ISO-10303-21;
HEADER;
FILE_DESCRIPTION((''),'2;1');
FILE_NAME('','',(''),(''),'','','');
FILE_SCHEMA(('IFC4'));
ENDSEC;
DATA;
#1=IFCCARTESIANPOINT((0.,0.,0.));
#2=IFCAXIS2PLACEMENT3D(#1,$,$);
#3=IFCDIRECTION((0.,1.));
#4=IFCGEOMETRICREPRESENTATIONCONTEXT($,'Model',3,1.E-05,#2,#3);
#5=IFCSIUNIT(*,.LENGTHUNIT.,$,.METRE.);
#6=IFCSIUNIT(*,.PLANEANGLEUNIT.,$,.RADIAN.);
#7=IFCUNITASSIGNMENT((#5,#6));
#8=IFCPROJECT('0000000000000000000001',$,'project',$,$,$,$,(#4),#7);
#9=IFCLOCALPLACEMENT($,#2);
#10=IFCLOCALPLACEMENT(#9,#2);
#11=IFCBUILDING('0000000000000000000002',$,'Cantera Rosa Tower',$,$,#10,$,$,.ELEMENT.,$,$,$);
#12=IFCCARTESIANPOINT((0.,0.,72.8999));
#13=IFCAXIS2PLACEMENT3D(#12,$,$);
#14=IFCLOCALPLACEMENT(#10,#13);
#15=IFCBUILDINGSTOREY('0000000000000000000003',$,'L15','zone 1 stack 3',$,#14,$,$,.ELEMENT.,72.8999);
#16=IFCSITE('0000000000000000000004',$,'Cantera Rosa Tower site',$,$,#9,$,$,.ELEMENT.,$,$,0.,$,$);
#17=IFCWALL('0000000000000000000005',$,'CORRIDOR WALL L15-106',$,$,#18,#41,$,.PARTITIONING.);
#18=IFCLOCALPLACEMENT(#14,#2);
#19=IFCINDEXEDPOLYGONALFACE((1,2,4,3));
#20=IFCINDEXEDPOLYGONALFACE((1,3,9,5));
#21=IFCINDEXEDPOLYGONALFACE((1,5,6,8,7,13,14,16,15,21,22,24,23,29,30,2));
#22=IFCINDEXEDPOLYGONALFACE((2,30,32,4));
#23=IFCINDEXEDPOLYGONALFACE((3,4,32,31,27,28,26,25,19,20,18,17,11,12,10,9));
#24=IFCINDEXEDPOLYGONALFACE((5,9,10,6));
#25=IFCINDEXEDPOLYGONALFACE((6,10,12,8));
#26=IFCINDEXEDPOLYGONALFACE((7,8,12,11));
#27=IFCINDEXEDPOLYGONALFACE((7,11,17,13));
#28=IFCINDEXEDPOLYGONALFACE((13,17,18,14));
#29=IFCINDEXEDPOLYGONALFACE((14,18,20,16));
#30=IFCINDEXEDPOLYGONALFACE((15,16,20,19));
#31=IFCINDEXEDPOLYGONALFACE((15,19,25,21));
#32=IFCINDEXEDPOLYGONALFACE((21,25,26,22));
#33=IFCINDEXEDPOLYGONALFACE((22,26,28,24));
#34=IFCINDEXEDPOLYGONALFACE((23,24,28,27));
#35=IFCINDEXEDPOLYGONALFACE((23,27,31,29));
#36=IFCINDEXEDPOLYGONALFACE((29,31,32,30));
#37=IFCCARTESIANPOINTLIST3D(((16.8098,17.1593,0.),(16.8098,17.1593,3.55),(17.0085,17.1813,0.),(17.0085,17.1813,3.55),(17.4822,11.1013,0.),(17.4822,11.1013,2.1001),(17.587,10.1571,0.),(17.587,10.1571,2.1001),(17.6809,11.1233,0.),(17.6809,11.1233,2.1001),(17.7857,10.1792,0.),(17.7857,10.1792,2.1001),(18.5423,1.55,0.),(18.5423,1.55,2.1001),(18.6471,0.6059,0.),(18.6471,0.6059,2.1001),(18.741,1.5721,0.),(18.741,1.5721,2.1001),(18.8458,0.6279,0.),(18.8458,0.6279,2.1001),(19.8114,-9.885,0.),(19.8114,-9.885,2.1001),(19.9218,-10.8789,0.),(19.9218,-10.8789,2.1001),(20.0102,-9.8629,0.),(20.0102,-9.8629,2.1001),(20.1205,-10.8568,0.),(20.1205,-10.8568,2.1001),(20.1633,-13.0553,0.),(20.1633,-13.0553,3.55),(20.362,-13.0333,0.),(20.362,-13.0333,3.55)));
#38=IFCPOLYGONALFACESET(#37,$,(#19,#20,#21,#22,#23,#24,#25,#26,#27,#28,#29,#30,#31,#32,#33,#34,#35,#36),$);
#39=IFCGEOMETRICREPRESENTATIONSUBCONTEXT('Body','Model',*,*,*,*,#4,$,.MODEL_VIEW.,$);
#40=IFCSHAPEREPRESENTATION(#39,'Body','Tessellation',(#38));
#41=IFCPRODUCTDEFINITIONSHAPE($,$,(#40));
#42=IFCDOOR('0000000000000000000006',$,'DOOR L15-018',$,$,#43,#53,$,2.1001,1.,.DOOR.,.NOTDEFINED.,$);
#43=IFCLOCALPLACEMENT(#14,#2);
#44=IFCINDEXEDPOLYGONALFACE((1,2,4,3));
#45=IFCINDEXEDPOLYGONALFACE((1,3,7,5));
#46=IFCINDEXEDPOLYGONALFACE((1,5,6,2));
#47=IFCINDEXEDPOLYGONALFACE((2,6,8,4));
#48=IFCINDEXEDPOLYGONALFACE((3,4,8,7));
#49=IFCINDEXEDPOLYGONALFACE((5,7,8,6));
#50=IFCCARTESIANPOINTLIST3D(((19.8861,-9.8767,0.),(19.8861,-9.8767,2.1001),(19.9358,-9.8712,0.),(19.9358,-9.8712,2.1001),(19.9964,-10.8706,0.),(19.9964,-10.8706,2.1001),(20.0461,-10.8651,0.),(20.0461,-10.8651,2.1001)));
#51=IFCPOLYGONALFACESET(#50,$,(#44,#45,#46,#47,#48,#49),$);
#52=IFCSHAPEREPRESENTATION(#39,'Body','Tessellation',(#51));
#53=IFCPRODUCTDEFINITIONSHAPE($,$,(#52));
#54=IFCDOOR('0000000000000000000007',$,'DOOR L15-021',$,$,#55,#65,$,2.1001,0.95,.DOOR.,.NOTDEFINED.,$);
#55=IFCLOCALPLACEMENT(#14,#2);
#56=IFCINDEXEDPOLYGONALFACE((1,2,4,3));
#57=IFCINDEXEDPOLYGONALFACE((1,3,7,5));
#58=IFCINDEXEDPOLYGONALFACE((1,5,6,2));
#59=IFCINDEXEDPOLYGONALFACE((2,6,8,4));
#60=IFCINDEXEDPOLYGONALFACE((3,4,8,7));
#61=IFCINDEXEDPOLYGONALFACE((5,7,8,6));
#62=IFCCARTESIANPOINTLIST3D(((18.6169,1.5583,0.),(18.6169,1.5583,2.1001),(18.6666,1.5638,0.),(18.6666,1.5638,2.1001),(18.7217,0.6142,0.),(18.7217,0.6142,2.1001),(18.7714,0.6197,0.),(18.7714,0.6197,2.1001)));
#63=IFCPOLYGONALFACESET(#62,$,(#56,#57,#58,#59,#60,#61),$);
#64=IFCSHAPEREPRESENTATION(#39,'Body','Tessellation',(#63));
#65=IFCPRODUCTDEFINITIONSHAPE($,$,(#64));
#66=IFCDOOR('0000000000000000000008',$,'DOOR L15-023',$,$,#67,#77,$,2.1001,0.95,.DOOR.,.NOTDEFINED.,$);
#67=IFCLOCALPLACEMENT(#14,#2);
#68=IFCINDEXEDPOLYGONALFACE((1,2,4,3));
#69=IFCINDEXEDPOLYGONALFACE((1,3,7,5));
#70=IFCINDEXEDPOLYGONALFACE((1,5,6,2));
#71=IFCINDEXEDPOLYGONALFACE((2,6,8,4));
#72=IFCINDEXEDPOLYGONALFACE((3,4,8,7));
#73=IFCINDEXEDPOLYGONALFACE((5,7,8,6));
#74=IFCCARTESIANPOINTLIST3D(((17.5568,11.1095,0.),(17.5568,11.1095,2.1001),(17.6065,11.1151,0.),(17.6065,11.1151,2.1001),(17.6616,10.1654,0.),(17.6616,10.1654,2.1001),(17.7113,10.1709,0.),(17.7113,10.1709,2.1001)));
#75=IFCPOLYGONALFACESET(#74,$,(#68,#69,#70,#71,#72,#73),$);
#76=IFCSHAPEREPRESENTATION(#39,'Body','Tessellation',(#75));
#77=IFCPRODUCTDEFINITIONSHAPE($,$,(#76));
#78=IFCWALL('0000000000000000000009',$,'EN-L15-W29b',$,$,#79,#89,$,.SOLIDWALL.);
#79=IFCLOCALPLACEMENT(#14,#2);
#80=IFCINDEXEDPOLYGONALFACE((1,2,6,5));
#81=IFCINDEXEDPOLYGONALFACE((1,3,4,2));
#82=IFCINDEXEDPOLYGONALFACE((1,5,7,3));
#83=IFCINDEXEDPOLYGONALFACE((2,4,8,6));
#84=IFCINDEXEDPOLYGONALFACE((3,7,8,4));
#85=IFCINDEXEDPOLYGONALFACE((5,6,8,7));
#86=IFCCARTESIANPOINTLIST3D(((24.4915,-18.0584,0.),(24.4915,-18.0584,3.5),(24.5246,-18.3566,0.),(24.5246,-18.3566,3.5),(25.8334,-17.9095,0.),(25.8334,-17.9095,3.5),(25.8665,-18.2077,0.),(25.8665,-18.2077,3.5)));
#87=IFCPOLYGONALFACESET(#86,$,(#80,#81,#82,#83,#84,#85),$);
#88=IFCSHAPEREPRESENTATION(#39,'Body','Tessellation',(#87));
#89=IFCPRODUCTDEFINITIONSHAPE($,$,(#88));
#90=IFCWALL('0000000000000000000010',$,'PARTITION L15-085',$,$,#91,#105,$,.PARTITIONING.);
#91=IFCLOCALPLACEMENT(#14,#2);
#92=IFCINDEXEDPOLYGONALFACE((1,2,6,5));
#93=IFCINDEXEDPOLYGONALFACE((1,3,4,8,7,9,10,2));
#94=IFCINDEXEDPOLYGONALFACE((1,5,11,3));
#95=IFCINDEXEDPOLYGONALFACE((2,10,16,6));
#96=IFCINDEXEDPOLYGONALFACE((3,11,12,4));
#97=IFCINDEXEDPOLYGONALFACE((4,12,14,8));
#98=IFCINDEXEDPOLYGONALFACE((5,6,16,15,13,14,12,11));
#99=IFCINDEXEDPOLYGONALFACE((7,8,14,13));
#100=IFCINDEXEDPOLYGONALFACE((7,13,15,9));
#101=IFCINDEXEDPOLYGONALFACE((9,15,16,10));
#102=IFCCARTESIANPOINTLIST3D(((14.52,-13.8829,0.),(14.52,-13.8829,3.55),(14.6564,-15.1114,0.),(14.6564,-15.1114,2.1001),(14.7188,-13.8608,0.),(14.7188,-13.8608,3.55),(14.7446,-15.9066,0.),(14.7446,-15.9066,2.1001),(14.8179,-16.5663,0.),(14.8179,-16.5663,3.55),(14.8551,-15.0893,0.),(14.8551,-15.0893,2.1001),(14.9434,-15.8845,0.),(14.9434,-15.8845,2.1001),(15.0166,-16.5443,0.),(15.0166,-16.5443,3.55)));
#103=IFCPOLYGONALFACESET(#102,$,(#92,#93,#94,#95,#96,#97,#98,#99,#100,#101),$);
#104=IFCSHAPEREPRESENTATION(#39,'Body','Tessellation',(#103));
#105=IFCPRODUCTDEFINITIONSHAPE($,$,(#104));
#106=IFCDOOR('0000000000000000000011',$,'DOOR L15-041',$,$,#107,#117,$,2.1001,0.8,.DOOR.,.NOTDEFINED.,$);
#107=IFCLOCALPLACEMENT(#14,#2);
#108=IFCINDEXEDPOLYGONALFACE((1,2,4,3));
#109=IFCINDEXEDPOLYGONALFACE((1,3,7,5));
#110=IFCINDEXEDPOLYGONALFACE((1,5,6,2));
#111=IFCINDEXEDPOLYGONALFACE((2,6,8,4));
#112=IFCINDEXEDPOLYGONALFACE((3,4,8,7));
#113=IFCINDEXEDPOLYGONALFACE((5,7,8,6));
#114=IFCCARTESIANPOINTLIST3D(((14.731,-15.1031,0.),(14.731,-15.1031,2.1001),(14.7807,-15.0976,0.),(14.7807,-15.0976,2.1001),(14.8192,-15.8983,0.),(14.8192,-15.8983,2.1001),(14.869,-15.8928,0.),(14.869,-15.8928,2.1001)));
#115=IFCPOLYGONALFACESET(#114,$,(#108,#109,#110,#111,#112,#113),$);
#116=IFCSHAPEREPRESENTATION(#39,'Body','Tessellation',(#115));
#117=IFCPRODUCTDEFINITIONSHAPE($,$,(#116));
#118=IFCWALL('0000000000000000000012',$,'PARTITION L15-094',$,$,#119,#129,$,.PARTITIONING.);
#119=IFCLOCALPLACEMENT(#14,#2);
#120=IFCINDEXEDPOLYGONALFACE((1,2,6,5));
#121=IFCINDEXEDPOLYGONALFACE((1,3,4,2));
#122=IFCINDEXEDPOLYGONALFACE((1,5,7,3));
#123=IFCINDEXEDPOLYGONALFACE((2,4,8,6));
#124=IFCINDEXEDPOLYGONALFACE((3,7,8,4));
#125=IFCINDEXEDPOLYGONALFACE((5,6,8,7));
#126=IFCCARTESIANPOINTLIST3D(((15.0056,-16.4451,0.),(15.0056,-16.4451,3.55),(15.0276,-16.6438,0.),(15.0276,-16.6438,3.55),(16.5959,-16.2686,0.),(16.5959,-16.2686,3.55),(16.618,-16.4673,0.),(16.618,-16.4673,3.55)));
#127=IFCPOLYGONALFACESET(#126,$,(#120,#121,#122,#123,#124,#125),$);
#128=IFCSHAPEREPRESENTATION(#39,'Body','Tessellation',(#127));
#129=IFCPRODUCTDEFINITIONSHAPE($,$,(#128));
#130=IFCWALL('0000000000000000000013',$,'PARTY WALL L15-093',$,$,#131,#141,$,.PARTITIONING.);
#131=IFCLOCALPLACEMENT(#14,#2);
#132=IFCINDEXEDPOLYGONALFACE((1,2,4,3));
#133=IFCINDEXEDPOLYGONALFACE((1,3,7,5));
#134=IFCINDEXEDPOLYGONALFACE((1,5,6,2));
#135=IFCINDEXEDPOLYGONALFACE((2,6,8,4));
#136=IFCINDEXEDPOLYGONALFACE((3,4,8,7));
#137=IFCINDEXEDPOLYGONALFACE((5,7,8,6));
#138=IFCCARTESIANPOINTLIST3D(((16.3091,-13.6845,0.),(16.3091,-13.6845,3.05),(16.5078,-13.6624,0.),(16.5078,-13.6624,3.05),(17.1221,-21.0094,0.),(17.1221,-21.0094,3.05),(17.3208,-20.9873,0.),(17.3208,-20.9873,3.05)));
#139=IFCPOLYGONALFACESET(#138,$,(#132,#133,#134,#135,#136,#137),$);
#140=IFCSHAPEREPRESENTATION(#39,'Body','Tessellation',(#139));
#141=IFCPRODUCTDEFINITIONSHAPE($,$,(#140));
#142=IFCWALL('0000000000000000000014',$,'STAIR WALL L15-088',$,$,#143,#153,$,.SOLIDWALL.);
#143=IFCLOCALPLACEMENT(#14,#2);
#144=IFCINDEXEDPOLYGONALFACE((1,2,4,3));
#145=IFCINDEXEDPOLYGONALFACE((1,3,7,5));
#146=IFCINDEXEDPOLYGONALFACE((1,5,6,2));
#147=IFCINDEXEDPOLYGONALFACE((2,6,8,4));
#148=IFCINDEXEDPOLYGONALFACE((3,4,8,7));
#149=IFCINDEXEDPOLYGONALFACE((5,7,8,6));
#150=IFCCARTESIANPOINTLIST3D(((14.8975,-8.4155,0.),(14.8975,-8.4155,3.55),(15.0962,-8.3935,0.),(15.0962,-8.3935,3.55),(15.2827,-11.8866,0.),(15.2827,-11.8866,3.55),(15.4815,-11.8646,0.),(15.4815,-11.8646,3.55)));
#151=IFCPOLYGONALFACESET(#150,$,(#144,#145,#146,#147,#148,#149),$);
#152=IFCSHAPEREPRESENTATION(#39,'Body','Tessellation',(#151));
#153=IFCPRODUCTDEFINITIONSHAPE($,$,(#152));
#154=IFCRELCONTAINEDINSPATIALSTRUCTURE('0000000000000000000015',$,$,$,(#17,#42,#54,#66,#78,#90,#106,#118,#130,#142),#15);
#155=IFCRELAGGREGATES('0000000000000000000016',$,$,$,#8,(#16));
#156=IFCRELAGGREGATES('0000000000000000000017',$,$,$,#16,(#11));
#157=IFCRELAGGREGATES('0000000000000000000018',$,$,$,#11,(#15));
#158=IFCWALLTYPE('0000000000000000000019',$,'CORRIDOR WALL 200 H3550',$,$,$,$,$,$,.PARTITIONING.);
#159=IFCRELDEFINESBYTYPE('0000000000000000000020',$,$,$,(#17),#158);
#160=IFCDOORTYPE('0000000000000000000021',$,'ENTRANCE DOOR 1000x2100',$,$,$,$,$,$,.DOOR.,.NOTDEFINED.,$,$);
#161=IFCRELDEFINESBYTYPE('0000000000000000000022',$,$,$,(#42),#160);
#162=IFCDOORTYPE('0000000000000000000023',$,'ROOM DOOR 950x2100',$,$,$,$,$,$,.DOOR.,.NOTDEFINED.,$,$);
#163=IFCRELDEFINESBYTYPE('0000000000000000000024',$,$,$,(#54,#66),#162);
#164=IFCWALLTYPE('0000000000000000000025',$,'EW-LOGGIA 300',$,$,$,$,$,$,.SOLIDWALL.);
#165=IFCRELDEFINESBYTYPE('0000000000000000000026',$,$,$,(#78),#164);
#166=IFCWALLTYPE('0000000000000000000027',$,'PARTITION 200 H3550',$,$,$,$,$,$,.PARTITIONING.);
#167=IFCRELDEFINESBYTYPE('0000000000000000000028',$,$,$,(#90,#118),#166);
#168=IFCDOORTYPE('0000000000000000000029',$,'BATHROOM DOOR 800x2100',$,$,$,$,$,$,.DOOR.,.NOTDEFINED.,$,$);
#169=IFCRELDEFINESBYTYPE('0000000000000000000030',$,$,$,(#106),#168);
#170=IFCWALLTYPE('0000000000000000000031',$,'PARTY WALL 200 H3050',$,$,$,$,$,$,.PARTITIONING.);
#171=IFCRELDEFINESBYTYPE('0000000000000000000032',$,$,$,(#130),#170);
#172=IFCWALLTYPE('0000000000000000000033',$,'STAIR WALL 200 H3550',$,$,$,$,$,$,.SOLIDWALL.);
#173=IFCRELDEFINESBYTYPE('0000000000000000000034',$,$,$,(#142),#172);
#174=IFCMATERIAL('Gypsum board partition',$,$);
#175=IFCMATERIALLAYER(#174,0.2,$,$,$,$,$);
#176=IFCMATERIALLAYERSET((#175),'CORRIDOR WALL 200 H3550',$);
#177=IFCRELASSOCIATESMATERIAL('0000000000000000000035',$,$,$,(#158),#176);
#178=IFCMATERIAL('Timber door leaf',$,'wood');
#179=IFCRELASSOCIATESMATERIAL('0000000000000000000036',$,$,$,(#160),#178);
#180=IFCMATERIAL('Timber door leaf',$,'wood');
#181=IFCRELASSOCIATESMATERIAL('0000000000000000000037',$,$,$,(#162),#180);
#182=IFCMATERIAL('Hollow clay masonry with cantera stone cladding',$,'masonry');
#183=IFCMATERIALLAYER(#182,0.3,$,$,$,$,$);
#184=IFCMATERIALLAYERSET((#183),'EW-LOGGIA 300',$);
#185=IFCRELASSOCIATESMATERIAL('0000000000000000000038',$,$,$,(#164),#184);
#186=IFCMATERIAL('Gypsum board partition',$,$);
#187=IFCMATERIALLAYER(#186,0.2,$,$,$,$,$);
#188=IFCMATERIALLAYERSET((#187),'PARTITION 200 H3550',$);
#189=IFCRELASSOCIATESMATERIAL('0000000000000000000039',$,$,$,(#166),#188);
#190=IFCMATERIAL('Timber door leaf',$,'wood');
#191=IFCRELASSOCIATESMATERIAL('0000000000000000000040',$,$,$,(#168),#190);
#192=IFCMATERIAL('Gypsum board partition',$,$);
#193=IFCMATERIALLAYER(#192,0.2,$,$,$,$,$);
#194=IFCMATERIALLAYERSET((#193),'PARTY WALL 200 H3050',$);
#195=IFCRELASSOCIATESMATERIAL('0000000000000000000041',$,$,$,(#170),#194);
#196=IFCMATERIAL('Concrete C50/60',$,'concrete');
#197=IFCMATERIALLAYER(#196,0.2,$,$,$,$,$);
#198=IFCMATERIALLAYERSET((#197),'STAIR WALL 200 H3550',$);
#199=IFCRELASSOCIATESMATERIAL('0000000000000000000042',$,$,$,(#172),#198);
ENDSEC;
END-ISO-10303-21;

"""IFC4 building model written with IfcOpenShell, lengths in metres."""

from ifc_helpers import new_model, si_unit, direction, frame, frame_2d, origin, place, context, subcontext, project, spatial, rectangle, extrude, material, layer, layer_set, type_object, element, fill, save


model = new_model("IFC4")

# Units and contexts
model_context = context("Model", 3, precision=1e-05, world=origin(), true_north=direction((0.0, 1.0)))
body_context = subcontext(model_context, "Body", "Model", "MODEL_VIEW")
ifc_project = project(units=[si_unit("LENGTHUNIT", "METRE"), si_unit("PLANEANGLEUNIT", "RADIAN")], contexts=[model_context])

# Site, building, storey
site_placement = place(None, origin())
site = spatial("IfcSite", under=ifc_project, at=site_placement, Name="Cantera Rosa Tower site", CompositionType="ELEMENT", RefElevation=0.0)
building_placement = place(site_placement, origin())
building = spatial("IfcBuilding", under=site, at=building_placement, Name="Cantera Rosa Tower", CompositionType="ELEMENT")
storey_placement = place(building_placement, frame((0.0, 0.0, 72.8999)))
storey = spatial("IfcBuildingStorey", under=building, at=storey_placement, Name="L15", Description="zone 1 stack 3", CompositionType="ELEMENT", Elevation=72.8999)

# Wall, openings, doors
ifc_material_1 = material(Name="Gypsum board partition")
ifc_layer_1 = layer(ifc_material_1, 0.2)
ifc_layer_set_1 = layer_set([ifc_layer_1], Name="CORRIDOR WALL 200 H3550")
wall_type_1 = type_object("IfcWallType", Name="CORRIDOR WALL 200 H3550", PredefinedType="PARTITIONING", material=ifc_layer_set_1)
wall_1_placement = place(storey_placement, frame((20.2627, -13.0444, 0.0), z_axis=(0.0, 0.0, 1.0), x_axis=(-0.110313, 0.993897, 0.0)))
wall_1 = element("IfcWall", 1, at=wall_1_placement, inside=storey, type_object=wall_type_1, Name="CORRIDOR WALL L15-106", PredefinedType="PARTITIONING", context=body_context, shape_type="SweptSolid", body=[
    extrude(rectangle(XDim=30.4001, YDim=0.2, at=frame_2d((15.2002, 0.0))), origin(), (0.0, 0.0, 1.0), 3.55),
])
opening_1_placement = place(wall_1_placement, frame((2.1899, 0.0, 0.0)))
opening_1 = element("IfcOpeningElement", 2, at=opening_1_placement, cuts=wall_1, PredefinedType="OPENING", context=body_context, shape_type="SweptSolid", body=[
    extrude(rectangle(XDim=1.0, YDim=2.1001, at=frame_2d((0.5, 1.05))), frame((0.0, 0.1099, 0.0), z_axis=(0.0, -1.0, 0.0), x_axis=(1.0, 0.0, 0.0)), (0.0, 0.0, 1.0), 0.22),
])
opening_2_placement = place(wall_1_placement, frame((13.7451, 0.0, 0.0)))
opening_2 = element("IfcOpeningElement", 3, at=opening_2_placement, cuts=wall_1, PredefinedType="OPENING", context=body_context, shape_type="SweptSolid", body=[
    extrude(rectangle(XDim=0.95, YDim=2.1001, at=frame_2d((0.4751, 1.05))), frame((0.0, 0.1099, 0.0), z_axis=(0.0, -1.0, 0.0), x_axis=(1.0, 0.0, 0.0)), (0.0, 0.0, 1.0), 0.22),
])
opening_3_placement = place(wall_1_placement, frame((23.355, 0.0, 0.0)))
opening_3 = element("IfcOpeningElement", 4, at=opening_3_placement, cuts=wall_1, PredefinedType="OPENING", context=body_context, shape_type="SweptSolid", body=[
    extrude(rectangle(XDim=0.95, YDim=2.1001, at=frame_2d((0.4751, 1.05))), frame((0.0, 0.1099, 0.0), z_axis=(0.0, -1.0, 0.0), x_axis=(1.0, 0.0, 0.0)), (0.0, 0.0, 1.0), 0.22),
])
ifc_material_2 = material(Name="Timber door leaf", Category="wood")
door_type_1 = type_object("IfcDoorType", Name="ENTRANCE DOOR 1000x2100", OperationType="NOTDEFINED", PredefinedType="DOOR", material=ifc_material_2)
door_1_placement = place(opening_1_placement, origin())
door_1 = element("IfcDoor", 5, at=door_1_placement, inside=storey, type_object=door_type_1, Name="DOOR L15-018", OperationType="NOTDEFINED", OverallHeight=2.1001, OverallWidth=1.0, PredefinedType="DOOR", context=body_context, shape_type="SweptSolid", body=[
    extrude(rectangle(XDim=1.0, YDim=2.1001, at=frame_2d((0.5, 1.05))), frame((0.0, 0.0249, 0.0), z_axis=(0.0, -1.0, 0.0), x_axis=(1.0, 0.0, 0.0)), (0.0, 0.0, 1.0), 0.05),
])
fill(opening_1, door_1)
ifc_material_3 = material(Name="Timber door leaf", Category="wood")
door_type_2 = type_object("IfcDoorType", Name="ROOM DOOR 950x2100", OperationType="NOTDEFINED", PredefinedType="DOOR", material=ifc_material_3)
door_2_placement = place(opening_2_placement, origin())
door_2 = element("IfcDoor", 6, at=door_2_placement, inside=storey, type_object=door_type_2, Name="DOOR L15-021", OperationType="NOTDEFINED", OverallHeight=2.1001, OverallWidth=0.95, PredefinedType="DOOR", context=body_context, shape_type="SweptSolid", body=[
    extrude(rectangle(XDim=0.95, YDim=2.1001, at=frame_2d((0.4751, 1.05))), frame((0.0, 0.0249, 0.0), z_axis=(0.0, -1.0, 0.0), x_axis=(1.0, 0.0, 0.0)), (0.0, 0.0, 1.0), 0.05),
])
fill(opening_2, door_2)
door_3_placement = place(opening_3_placement, origin())
door_3 = element("IfcDoor", 7, at=door_3_placement, inside=storey, type_object=door_type_2, Name="DOOR L15-023", OperationType="NOTDEFINED", OverallHeight=2.1001, OverallWidth=0.95, PredefinedType="DOOR", context=body_context, shape_type="SweptSolid", body=[
    extrude(rectangle(XDim=0.95, YDim=2.1001, at=frame_2d((0.4751, 1.05))), frame((0.0, 0.0249, 0.0), z_axis=(0.0, -1.0, 0.0), x_axis=(1.0, 0.0, 0.0)), (0.0, 0.0, 1.0), 0.05),
])
fill(opening_3, door_3)

# Wall
ifc_material_4 = material(Name="Hollow clay masonry with cantera stone cladding", Category="masonry")
ifc_layer_2 = layer(ifc_material_4, 0.3)
ifc_layer_set_2 = layer_set([ifc_layer_2], Name="EW-LOGGIA 300")
wall_type_2 = type_object("IfcWallType", Name="EW-LOGGIA 300", PredefinedType="SOLIDWALL", material=ifc_layer_set_2)
wall_2_placement = place(storey_placement, frame((24.5081, -18.2075, 0.0), z_axis=(0.0, 0.0, 1.0), x_axis=(0.993897, 0.110312, 0.0)))
element("IfcWall", 8, at=wall_2_placement, inside=storey, type_object=wall_type_2, Name="EN-L15-W29b", PredefinedType="SOLIDWALL", context=body_context, shape_type="SweptSolid", body=[
    extrude(rectangle(XDim=1.3501, YDim=0.3, at=frame_2d((0.675, 0.0))), origin(), (0.0, 0.0, 1.0), 3.5),
])

# Wall, opening, door
ifc_material_5 = material(Name="Gypsum board partition")
ifc_layer_3 = layer(ifc_material_5, 0.2)
ifc_layer_set_3 = layer_set([ifc_layer_3], Name="PARTITION 200 H3550")
wall_type_3 = type_object("IfcWallType", Name="PARTITION 200 H3550", PredefinedType="PARTITIONING", material=ifc_layer_set_3)
wall_3_placement = place(storey_placement, frame((14.9172, -16.5554, 0.0), z_axis=(0.0, 0.0, 1.0), x_axis=(-0.110312, 0.993897, 0.0)))
wall_3 = element("IfcWall", 9, at=wall_3_placement, inside=storey, type_object=wall_type_3, Name="PARTITION L15-085", PredefinedType="PARTITIONING", context=body_context, shape_type="SweptSolid", body=[
    extrude(rectangle(XDim=2.7, YDim=0.2, at=frame_2d((1.3501, 0.0))), origin(), (0.0, 0.0, 1.0), 3.55),
])
opening_4_placement = place(wall_3_placement, frame((0.6641, 0.0, 0.0)))
opening_4 = element("IfcOpeningElement", 10, at=opening_4_placement, cuts=wall_3, PredefinedType="OPENING", context=body_context, shape_type="SweptSolid", body=[
    extrude(rectangle(XDim=0.8, YDim=2.1001, at=frame_2d((0.3999, 1.05))), frame((0.0, 0.1099, 0.0), z_axis=(0.0, -1.0, 0.0), x_axis=(1.0, 0.0, 0.0)), (0.0, 0.0, 1.0), 0.22),
])
ifc_material_6 = material(Name="Timber door leaf", Category="wood")
door_type_3 = type_object("IfcDoorType", Name="BATHROOM DOOR 800x2100", OperationType="NOTDEFINED", PredefinedType="DOOR", material=ifc_material_6)
door_4_placement = place(opening_4_placement, origin())
door_4 = element("IfcDoor", 11, at=door_4_placement, inside=storey, type_object=door_type_3, Name="DOOR L15-041", OperationType="NOTDEFINED", OverallHeight=2.1001, OverallWidth=0.8, PredefinedType="DOOR", context=body_context, shape_type="SweptSolid", body=[
    extrude(rectangle(XDim=0.8, YDim=2.1001, at=frame_2d((0.3999, 1.05))), frame((0.0, 0.0249, 0.0), z_axis=(0.0, -1.0, 0.0), x_axis=(1.0, 0.0, 0.0)), (0.0, 0.0, 1.0), 0.05),
])
fill(opening_4, door_4)

# Walls
wall_4_placement = place(storey_placement, frame((16.6069, -16.3679, 0.0), z_axis=(0.0, 0.0, 1.0), x_axis=(-0.993897, -0.110314, 0.0)))
element("IfcWall", 12, at=wall_4_placement, inside=storey, type_object=wall_type_3, Name="PARTITION L15-094", PredefinedType="PARTITIONING", context=body_context, shape_type="SweptSolid", body=[
    extrude(rectangle(XDim=1.6001, YDim=0.2, at=frame_2d((0.8, 0.0))), origin(), (0.0, 0.0, 1.0), 3.55),
])
ifc_material_7 = material(Name="Gypsum board partition")
ifc_layer_4 = layer(ifc_material_7, 0.2)
ifc_layer_set_4 = layer_set([ifc_layer_4], Name="PARTY WALL 200 H3050")
wall_type_4 = type_object("IfcWallType", Name="PARTY WALL 200 H3050", PredefinedType="PARTITIONING", material=ifc_layer_set_4)
wall_5_placement = place(storey_placement, frame((16.4084, -13.6733, 0.0), z_axis=(0.0, 0.0, 1.0), x_axis=(0.110312, -0.993897, 0.0)))
element("IfcWall", 13, at=wall_5_placement, inside=storey, type_object=wall_type_4, Name="PARTY WALL L15-093", PredefinedType="PARTITIONING", context=body_context, shape_type="SweptSolid", body=[
    extrude(rectangle(XDim=7.3699, YDim=0.2, at=frame_2d((3.6851, 0.0))), origin(), (0.0, 0.0, 1.0), 3.05),
])
ifc_material_8 = material(Name="Concrete C50/60", Category="concrete")
ifc_layer_5 = layer(ifc_material_8, 0.2)
ifc_layer_set_5 = layer_set([ifc_layer_5], Name="STAIR WALL 200 H3550")
wall_type_5 = type_object("IfcWallType", Name="STAIR WALL 200 H3550", PredefinedType="SOLIDWALL", material=ifc_layer_set_5)
wall_6_placement = place(storey_placement, frame((15.3821, -11.8755, 0.0), z_axis=(0.0, 0.0, 1.0), x_axis=(-0.110309, 0.993897, 0.0)))
element("IfcWall", 14, at=wall_6_placement, inside=storey, type_object=wall_type_5, Name="STAIR WALL L15-088", PredefinedType="SOLIDWALL", context=body_context, shape_type="SweptSolid", body=[
    extrude(rectangle(XDim=3.4924, YDim=0.2, at=frame_2d((1.7461, 0.0))), origin(), (0.0, 0.0, 1.0), 3.55),
])

save(model, "model.ifc")
